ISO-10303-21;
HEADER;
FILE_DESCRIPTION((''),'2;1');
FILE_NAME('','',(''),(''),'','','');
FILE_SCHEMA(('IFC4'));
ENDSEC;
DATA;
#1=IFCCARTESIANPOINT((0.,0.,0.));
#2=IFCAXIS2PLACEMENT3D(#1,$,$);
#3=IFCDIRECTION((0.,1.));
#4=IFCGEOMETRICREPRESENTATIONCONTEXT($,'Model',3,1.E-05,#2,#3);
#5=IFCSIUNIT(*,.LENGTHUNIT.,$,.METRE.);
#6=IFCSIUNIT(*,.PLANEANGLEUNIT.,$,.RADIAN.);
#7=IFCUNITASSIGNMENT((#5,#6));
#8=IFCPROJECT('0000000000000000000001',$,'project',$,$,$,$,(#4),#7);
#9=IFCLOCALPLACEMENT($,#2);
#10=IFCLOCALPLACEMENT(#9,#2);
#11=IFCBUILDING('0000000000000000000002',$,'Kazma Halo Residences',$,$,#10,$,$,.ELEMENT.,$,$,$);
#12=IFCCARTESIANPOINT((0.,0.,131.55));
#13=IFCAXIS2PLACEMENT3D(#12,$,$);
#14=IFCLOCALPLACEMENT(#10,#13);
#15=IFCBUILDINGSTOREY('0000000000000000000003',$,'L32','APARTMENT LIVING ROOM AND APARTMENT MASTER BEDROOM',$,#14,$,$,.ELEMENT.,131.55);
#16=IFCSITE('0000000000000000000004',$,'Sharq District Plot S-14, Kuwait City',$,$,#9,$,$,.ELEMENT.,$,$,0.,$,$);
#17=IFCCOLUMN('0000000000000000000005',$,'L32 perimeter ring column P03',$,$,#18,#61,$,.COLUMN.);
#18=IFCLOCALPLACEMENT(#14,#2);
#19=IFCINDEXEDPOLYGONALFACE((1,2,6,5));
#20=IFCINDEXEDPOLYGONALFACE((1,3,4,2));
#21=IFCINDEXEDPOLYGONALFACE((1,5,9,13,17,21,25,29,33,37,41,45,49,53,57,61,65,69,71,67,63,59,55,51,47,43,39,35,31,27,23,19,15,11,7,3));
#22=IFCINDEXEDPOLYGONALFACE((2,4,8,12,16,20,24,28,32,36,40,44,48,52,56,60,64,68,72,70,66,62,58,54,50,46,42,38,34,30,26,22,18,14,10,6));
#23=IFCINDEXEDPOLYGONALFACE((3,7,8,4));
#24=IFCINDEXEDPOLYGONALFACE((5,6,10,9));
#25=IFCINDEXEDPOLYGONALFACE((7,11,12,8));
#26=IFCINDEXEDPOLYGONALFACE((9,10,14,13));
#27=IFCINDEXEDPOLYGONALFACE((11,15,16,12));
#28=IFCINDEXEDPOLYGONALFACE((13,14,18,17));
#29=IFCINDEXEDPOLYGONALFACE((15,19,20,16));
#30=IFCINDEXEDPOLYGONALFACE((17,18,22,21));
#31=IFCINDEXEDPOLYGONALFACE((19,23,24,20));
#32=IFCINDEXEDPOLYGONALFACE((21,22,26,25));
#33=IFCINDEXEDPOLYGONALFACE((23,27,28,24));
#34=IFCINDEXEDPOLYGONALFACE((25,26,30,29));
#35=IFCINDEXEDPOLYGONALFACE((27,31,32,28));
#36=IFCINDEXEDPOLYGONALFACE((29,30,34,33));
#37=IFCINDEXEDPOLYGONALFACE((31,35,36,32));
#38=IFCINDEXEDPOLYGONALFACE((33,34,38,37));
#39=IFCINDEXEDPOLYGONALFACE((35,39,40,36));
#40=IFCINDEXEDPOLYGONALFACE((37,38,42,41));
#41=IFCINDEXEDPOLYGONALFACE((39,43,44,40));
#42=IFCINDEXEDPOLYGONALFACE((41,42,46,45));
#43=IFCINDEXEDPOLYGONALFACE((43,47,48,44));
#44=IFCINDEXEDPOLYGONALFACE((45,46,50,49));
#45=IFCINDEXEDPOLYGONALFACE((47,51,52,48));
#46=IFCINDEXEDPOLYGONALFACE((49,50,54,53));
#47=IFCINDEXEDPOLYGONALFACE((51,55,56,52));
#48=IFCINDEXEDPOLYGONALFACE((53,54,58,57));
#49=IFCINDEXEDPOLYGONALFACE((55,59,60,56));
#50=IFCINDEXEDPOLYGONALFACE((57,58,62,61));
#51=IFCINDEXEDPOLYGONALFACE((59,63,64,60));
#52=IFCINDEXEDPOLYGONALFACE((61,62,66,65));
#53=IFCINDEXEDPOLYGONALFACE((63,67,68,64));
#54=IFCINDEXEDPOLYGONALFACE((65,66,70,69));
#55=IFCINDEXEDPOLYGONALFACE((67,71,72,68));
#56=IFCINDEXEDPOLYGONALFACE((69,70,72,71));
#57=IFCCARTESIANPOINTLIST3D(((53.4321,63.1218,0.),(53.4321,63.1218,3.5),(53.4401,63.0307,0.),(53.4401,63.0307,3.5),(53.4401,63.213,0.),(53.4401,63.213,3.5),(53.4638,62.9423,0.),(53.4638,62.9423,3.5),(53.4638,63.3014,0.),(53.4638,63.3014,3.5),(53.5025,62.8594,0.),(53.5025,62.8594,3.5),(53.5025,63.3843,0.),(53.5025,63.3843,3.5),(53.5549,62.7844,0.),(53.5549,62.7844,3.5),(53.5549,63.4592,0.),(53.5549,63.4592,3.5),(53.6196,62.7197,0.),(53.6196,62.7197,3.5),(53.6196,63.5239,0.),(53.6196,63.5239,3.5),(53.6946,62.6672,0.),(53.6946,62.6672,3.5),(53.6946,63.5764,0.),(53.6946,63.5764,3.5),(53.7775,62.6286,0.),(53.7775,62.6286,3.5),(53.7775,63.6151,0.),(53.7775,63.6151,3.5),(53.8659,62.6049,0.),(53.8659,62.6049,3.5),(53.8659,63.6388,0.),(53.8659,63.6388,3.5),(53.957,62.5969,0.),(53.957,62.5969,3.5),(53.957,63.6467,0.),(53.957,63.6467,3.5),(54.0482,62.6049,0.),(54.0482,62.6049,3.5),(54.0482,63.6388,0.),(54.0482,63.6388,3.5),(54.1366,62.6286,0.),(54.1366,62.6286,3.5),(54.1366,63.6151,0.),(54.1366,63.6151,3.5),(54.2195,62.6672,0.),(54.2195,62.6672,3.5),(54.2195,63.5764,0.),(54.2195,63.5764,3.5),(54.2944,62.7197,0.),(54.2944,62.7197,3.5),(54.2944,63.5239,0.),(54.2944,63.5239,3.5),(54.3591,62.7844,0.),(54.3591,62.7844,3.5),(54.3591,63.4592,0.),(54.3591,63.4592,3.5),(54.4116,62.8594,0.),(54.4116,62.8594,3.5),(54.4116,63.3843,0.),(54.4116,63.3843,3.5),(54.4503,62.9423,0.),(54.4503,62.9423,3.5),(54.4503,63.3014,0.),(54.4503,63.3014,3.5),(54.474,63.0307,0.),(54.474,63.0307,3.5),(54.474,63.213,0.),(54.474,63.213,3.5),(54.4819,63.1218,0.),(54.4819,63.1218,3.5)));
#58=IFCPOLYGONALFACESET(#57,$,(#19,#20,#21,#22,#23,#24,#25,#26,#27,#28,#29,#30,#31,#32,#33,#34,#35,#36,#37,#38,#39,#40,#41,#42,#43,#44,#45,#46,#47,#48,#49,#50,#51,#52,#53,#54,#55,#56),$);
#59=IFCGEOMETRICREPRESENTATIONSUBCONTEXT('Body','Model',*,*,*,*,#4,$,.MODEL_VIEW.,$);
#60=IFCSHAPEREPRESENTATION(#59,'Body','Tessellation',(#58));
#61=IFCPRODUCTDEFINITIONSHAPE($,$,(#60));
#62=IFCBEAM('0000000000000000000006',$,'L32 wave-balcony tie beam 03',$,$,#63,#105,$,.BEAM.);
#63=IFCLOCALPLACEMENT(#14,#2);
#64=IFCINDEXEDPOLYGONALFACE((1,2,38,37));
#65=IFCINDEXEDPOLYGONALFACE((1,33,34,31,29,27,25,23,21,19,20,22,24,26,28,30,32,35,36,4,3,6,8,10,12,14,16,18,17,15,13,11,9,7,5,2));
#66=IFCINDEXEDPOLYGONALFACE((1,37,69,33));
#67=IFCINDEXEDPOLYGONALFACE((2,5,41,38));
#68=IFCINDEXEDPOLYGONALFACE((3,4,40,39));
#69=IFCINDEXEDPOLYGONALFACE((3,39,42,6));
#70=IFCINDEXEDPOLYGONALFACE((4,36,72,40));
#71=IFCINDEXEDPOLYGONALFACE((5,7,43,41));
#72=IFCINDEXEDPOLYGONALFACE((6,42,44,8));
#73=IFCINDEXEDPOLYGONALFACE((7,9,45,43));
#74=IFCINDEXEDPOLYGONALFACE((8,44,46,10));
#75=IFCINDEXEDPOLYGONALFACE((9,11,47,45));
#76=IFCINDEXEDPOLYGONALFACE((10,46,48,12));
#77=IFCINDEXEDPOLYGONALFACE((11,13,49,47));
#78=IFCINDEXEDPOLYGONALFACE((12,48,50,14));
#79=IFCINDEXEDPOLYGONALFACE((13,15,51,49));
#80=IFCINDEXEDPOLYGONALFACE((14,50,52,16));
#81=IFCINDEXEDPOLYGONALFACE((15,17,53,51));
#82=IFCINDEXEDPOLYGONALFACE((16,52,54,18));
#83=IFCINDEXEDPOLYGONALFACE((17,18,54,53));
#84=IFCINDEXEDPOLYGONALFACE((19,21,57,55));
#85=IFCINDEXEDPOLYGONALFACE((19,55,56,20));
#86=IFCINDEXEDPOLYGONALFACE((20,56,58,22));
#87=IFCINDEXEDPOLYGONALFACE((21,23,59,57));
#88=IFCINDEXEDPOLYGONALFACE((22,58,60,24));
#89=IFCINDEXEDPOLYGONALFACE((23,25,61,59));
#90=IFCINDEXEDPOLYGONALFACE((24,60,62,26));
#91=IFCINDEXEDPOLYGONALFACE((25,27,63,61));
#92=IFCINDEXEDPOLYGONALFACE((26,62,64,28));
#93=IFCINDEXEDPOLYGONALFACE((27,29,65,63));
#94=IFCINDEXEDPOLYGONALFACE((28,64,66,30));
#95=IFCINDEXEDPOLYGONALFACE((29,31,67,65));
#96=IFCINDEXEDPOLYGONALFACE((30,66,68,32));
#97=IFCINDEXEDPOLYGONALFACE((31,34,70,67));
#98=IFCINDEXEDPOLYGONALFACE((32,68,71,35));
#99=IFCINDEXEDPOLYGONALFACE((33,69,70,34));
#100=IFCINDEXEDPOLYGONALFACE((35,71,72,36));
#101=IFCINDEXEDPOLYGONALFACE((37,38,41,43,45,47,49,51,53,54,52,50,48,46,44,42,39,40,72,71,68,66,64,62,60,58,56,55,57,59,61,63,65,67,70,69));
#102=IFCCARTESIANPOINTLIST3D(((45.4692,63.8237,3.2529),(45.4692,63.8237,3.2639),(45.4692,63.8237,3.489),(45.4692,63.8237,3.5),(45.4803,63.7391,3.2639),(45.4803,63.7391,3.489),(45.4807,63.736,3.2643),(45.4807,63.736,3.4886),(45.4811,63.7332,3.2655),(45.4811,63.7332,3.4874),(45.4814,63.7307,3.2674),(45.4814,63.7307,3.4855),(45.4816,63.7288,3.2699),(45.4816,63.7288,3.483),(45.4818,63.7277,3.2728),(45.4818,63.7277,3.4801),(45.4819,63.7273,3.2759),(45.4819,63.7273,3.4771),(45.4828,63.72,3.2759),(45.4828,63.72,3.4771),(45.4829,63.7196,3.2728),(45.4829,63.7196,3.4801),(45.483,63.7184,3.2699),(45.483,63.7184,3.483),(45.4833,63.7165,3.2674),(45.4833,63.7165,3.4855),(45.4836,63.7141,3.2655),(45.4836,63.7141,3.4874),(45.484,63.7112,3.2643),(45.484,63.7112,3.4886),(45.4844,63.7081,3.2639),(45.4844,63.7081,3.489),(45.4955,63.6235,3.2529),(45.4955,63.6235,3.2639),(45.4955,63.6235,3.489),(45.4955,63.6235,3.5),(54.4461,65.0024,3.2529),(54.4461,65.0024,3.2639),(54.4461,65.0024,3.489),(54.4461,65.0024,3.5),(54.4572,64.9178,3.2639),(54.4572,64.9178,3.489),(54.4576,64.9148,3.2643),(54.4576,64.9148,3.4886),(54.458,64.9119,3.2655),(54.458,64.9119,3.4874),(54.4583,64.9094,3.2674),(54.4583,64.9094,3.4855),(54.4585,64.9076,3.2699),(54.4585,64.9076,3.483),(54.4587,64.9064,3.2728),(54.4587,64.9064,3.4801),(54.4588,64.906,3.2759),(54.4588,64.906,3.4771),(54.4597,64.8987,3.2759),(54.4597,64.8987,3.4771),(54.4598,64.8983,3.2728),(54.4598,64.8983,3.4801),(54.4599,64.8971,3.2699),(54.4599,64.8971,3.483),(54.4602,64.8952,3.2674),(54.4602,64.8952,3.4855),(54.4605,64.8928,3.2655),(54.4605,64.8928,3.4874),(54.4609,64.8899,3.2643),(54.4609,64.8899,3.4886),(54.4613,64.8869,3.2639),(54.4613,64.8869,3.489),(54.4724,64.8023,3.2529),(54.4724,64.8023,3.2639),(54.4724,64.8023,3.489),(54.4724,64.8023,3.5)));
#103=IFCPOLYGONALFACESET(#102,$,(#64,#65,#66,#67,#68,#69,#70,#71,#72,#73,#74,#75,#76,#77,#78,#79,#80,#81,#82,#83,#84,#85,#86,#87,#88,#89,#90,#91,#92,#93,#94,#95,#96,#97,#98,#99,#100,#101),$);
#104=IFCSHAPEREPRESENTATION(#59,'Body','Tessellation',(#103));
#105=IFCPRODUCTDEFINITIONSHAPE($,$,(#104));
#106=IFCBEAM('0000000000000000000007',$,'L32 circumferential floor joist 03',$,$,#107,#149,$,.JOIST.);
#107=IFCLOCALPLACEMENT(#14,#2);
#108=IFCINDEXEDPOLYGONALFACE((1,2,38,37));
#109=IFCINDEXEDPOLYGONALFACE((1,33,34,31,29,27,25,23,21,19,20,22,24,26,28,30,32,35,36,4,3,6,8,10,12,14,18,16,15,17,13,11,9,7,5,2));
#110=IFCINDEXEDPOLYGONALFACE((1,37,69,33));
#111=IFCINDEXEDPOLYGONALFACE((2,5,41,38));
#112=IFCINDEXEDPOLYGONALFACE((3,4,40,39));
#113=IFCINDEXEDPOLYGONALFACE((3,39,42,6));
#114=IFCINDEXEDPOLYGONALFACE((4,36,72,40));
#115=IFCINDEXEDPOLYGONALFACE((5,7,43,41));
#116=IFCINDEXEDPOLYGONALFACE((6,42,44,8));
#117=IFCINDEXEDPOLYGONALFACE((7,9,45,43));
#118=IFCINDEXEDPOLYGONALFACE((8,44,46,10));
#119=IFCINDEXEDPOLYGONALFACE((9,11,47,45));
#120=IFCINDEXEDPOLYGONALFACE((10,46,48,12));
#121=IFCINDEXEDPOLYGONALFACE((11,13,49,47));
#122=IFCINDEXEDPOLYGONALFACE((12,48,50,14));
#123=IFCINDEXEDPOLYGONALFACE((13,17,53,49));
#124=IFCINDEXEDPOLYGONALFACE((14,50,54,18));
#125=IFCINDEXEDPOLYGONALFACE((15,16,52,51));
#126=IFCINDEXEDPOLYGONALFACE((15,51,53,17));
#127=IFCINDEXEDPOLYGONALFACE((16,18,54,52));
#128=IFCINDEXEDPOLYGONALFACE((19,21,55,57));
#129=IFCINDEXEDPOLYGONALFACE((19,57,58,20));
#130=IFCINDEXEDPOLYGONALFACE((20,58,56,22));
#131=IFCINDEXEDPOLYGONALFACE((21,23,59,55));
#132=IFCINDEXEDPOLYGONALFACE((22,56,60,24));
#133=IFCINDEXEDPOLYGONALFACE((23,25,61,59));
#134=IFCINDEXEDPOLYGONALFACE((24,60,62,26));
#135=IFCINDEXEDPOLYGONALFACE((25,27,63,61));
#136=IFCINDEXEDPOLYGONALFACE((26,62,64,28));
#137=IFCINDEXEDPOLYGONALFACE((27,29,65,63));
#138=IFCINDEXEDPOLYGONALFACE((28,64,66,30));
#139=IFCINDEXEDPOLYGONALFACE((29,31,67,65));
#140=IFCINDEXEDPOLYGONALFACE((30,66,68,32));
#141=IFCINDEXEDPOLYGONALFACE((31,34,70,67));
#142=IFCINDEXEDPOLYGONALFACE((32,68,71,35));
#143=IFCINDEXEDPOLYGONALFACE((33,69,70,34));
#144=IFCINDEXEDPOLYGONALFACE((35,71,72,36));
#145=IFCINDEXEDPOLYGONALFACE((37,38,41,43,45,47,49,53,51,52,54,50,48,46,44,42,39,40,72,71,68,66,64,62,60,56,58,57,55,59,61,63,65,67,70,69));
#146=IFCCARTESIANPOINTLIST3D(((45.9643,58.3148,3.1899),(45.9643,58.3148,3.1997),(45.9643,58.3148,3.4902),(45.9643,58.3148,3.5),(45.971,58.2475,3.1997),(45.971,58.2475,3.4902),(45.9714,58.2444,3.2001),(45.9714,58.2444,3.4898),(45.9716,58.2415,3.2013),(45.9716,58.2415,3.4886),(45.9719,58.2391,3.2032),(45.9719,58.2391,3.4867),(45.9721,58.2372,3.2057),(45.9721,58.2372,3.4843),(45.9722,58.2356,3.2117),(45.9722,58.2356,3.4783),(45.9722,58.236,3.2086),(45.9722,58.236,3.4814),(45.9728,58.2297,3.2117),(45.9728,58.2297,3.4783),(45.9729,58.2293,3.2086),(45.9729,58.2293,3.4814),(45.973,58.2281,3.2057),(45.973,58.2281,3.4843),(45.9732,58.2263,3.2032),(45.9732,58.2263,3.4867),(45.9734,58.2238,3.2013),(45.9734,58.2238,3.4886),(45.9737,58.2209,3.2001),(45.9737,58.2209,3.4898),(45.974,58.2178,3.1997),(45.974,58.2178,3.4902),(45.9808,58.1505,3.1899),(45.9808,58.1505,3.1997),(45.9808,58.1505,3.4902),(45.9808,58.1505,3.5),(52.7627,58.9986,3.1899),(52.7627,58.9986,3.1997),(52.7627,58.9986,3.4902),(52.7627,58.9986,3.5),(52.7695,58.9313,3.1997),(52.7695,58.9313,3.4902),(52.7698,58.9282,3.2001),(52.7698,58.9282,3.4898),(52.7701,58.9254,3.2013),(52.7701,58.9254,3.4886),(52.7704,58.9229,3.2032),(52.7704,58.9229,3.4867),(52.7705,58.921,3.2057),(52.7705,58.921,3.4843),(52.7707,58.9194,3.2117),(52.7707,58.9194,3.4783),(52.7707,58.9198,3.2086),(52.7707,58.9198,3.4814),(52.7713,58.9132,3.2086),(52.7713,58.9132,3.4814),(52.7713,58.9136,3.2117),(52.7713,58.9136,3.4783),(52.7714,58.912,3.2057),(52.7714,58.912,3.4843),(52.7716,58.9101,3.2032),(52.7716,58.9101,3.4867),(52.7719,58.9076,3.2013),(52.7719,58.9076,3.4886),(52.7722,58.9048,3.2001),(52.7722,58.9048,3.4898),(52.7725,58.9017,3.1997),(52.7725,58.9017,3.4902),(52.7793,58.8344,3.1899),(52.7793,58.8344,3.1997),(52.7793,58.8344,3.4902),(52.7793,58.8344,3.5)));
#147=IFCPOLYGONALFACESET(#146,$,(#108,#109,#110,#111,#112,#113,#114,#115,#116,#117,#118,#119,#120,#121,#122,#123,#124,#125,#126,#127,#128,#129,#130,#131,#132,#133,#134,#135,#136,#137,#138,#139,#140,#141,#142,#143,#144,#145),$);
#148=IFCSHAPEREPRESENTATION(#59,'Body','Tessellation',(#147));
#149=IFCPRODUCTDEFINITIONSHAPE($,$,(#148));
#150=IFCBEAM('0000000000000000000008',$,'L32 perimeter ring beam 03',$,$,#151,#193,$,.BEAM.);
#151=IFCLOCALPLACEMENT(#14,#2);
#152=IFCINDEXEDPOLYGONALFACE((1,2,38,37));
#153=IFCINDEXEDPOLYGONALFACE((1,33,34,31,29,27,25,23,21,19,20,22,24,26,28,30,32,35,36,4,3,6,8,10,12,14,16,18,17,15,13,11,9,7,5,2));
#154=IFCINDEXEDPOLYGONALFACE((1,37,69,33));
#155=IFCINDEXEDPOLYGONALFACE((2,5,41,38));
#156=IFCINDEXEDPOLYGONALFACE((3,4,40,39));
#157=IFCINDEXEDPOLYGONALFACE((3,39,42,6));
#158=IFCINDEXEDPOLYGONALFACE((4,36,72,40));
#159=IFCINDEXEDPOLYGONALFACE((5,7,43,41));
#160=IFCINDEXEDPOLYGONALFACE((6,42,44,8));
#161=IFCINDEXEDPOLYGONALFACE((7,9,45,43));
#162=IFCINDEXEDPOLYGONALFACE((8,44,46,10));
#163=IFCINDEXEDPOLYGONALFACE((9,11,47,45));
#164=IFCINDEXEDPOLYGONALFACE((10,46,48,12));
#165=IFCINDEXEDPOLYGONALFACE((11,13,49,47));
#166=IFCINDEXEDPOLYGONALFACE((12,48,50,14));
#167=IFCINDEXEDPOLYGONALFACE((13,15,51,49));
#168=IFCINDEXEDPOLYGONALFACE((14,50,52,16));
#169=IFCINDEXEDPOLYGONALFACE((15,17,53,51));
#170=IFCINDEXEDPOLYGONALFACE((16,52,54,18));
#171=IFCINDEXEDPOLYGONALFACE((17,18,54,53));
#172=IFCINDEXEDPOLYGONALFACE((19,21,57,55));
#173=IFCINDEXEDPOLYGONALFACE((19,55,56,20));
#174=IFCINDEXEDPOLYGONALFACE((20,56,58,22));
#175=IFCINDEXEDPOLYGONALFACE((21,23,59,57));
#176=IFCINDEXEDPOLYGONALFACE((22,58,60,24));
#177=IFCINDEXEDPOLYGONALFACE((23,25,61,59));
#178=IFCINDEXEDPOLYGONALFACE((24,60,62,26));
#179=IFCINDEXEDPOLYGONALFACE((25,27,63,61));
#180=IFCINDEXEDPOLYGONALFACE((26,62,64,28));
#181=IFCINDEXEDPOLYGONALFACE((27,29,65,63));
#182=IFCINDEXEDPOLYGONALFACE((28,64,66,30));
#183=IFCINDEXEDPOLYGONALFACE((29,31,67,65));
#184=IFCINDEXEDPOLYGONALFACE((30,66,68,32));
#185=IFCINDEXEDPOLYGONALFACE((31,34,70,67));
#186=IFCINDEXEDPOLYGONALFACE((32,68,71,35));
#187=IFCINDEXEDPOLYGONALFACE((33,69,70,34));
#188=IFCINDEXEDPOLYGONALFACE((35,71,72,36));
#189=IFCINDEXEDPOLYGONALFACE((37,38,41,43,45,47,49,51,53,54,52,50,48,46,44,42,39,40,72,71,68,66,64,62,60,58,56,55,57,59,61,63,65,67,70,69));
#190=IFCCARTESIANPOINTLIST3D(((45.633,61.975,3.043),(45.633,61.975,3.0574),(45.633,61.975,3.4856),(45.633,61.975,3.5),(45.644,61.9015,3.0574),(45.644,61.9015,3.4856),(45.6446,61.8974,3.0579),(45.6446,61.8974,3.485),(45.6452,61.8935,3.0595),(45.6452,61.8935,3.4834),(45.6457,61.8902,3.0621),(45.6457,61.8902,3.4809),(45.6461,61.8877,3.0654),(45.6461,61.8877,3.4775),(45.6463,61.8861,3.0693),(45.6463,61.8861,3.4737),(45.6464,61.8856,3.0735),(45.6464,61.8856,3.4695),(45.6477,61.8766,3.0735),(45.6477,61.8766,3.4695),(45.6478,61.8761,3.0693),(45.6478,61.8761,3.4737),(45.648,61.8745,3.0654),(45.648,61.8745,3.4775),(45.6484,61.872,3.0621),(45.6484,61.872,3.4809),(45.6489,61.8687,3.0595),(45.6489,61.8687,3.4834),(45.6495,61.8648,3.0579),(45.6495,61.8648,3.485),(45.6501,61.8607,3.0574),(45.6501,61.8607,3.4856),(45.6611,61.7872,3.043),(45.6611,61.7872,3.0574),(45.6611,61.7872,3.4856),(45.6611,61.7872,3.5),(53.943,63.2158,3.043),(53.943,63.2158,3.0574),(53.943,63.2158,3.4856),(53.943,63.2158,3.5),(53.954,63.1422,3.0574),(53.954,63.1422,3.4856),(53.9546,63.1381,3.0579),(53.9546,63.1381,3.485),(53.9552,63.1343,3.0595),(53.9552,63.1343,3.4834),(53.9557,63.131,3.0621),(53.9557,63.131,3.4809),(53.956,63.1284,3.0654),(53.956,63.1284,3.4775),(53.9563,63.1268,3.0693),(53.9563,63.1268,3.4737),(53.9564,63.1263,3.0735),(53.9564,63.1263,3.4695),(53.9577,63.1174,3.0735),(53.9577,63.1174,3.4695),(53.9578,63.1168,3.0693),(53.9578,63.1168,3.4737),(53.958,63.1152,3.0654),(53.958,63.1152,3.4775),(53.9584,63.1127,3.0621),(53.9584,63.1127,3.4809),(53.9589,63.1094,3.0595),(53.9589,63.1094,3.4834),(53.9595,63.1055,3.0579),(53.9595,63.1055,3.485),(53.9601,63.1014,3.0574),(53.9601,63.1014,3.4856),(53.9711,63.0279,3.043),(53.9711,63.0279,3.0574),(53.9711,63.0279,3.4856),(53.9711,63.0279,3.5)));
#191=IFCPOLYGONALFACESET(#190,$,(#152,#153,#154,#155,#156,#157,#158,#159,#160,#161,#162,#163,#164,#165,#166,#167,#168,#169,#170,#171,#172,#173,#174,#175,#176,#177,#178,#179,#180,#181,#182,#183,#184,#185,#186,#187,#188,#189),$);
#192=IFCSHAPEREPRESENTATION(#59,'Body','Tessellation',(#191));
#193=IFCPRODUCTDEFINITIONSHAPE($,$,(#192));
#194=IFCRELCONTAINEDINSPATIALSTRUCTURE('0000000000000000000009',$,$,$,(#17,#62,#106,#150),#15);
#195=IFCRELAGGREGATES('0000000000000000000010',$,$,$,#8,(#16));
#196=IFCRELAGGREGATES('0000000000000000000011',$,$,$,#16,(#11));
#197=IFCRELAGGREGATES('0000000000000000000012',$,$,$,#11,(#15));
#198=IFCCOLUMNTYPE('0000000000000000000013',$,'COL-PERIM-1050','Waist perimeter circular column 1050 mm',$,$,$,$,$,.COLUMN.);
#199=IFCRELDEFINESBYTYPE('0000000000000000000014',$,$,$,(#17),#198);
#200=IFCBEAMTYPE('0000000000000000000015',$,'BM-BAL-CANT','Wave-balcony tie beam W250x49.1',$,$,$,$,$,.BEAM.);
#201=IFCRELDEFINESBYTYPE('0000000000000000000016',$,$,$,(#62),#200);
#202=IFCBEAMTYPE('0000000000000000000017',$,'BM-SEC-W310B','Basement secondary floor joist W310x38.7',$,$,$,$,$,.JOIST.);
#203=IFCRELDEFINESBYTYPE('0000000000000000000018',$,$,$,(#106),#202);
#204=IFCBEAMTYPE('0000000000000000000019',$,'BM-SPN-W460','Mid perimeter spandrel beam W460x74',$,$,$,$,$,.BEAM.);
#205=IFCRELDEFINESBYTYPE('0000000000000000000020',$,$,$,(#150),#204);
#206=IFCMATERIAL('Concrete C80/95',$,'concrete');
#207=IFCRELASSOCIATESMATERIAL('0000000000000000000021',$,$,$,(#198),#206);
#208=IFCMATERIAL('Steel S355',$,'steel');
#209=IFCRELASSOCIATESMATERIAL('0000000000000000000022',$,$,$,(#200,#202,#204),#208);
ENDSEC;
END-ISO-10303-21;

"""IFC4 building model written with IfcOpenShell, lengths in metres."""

from ifc_helpers import new_model, si_unit, direction, frame, origin, origin_2d, place, context, subcontext, project, spatial, circle, i_section, extrude, material, material_profile, profile_set, type_object, element, save


model = new_model("IFC4")

# Units and contexts
model_context = context("Model", 3, precision=1e-05, world=origin(), true_north=direction((0.0, 1.0)))
body_context = subcontext(model_context, "Body", "Model", "MODEL_VIEW")
ifc_project = project(units=[si_unit("LENGTHUNIT", "METRE"), si_unit("PLANEANGLEUNIT", "RADIAN")], contexts=[model_context])

# Site, building, storey
site_placement = place(None, origin())
site = spatial("IfcSite", under=ifc_project, at=site_placement, Name="Sharq District Plot S-14, Kuwait City", CompositionType="ELEMENT", RefElevation=0.0)
building_placement = place(site_placement, origin())
building = spatial("IfcBuilding", under=site, at=building_placement, Name="Kazma Halo Residences", CompositionType="ELEMENT")
storey_placement = place(building_placement, frame((0.0, 0.0, 131.55)))
storey = spatial("IfcBuildingStorey", under=building, at=storey_placement, Name="L32", Description="APARTMENT LIVING ROOM AND APARTMENT MASTER BEDROOM", CompositionType="ELEMENT", Elevation=131.55)

# Column
ifc_material_1 = material(Name="Concrete C80/95", Category="concrete")
ifc_material_profile_1 = material_profile(ifc_material_1, circle(Radius=0.5249, at=origin_2d()), Name="CIRC1050")
ifc_profile_set_1 = profile_set([ifc_material_profile_1], Name="Concrete C80/95")
column_type = type_object("IfcColumnType", Name="COL-PERIM-1050", Description="Waist perimeter circular column 1050 mm", PredefinedType="COLUMN", material=ifc_profile_set_1)
column_placement = place(storey_placement, frame((53.957, 63.1218, 0.0), z_axis=(0.0, 0.0, 1.0), x_axis=(1.0, 0.0, 0.0)))
element("IfcColumn", 1, at=column_placement, inside=storey, type_object=column_type, Name="L32 perimeter ring column P03", PredefinedType="COLUMN", context=body_context, shape_type="SweptSolid", body=[
    extrude(circle(Radius=0.5249, at=origin_2d()), origin(), (0.0, 0.0, 1.0), 3.5),
])

# Beams
ifc_material_2 = material(Name="Steel S355", Category="steel")
ifc_material_profile_2 = material_profile(ifc_material_2, i_section(OverallWidth=0.2019, OverallDepth=0.2471, WebThickness=0.0073, FlangeThickness=0.011, FilletRadius=0.012, at=origin_2d()), Name="W250x49.1")
ifc_profile_set_2 = profile_set([ifc_material_profile_2], Name="Steel S355")
beam_type_1 = type_object("IfcBeamType", Name="BM-BAL-CANT", Description="Wave-balcony tie beam W250x49.1", PredefinedType="BEAM", material=ifc_profile_set_2)
beam_1_placement = place(storey_placement, frame((54.4592, 64.9023, 3.3765), z_axis=(-0.991489, -0.130189, 0.0), x_axis=(0.130189, -0.991489, 0.0)))
element("IfcBeam", 2, at=beam_1_placement, inside=storey, type_object=beam_type_1, Name="L32 wave-balcony tie beam 03", PredefinedType="BEAM", context=body_context, shape_type="SweptSolid", body=[
    extrude(i_section(OverallWidth=0.2019, OverallDepth=0.2471, WebThickness=0.0073, FlangeThickness=0.011, FilletRadius=0.012, at=origin_2d()), origin(), (0.0, 0.0, 1.0), 9.054),
])
ifc_material_profile_3 = material_profile(ifc_material_2, i_section(OverallWidth=0.165, OverallDepth=0.3101, WebThickness=0.0059, FlangeThickness=0.0098, FilletRadius=0.012, at=origin_2d()), Name="W310x38.7")
ifc_profile_set_3 = profile_set([ifc_material_profile_3], Name="Steel S355")
beam_type_2 = type_object("IfcBeamType", Name="BM-SEC-W310B", Description="Basement secondary floor joist W310x38.7", PredefinedType="JOIST", material=ifc_profile_set_3)
beam_2_placement = place(storey_placement, frame((52.771, 58.9165, 3.345), z_axis=(-0.994979, -0.100084, 0.0), x_axis=(0.100084, -0.994979, 0.0)))
element("IfcBeam", 3, at=beam_2_placement, inside=storey, type_object=beam_type_2, Name="L32 circumferential floor joist 03", PredefinedType="JOIST", context=body_context, shape_type="SweptSolid", body=[
    extrude(i_section(OverallWidth=0.165, OverallDepth=0.3101, WebThickness=0.0059, FlangeThickness=0.0098, FilletRadius=0.012, at=origin_2d()), origin(), (0.0, 0.0, 1.0), 6.8328),
])
ifc_material_profile_4 = material_profile(ifc_material_2, i_section(OverallWidth=0.1899, OverallDepth=0.457, WebThickness=0.009, FlangeThickness=0.0144, FilletRadius=0.0161, at=origin_2d()), Name="W460x74")
ifc_profile_set_4 = profile_set([ifc_material_profile_4], Name="Steel S355")
beam_type_3 = type_object("IfcBeamType", Name="BM-SPN-W460", Description="Mid perimeter spandrel beam W460x74", PredefinedType="BEAM", material=ifc_profile_set_4)
beam_3_placement = place(storey_placement, frame((53.957, 63.1218, 3.2715), z_axis=(-0.989037, -0.147667, 0.0), x_axis=(0.147667, -0.989037, 0.0)))
element("IfcBeam", 4, at=beam_3_placement, inside=storey, type_object=beam_type_3, Name="L32 perimeter ring beam 03", PredefinedType="BEAM", context=body_context, shape_type="SweptSolid", body=[
    extrude(i_section(OverallWidth=0.1899, OverallDepth=0.457, WebThickness=0.009, FlangeThickness=0.0144, FilletRadius=0.0161, at=origin_2d()), origin(), (0.0, 0.0, 1.0), 8.4021),
])

save(model, "model.ifc")
